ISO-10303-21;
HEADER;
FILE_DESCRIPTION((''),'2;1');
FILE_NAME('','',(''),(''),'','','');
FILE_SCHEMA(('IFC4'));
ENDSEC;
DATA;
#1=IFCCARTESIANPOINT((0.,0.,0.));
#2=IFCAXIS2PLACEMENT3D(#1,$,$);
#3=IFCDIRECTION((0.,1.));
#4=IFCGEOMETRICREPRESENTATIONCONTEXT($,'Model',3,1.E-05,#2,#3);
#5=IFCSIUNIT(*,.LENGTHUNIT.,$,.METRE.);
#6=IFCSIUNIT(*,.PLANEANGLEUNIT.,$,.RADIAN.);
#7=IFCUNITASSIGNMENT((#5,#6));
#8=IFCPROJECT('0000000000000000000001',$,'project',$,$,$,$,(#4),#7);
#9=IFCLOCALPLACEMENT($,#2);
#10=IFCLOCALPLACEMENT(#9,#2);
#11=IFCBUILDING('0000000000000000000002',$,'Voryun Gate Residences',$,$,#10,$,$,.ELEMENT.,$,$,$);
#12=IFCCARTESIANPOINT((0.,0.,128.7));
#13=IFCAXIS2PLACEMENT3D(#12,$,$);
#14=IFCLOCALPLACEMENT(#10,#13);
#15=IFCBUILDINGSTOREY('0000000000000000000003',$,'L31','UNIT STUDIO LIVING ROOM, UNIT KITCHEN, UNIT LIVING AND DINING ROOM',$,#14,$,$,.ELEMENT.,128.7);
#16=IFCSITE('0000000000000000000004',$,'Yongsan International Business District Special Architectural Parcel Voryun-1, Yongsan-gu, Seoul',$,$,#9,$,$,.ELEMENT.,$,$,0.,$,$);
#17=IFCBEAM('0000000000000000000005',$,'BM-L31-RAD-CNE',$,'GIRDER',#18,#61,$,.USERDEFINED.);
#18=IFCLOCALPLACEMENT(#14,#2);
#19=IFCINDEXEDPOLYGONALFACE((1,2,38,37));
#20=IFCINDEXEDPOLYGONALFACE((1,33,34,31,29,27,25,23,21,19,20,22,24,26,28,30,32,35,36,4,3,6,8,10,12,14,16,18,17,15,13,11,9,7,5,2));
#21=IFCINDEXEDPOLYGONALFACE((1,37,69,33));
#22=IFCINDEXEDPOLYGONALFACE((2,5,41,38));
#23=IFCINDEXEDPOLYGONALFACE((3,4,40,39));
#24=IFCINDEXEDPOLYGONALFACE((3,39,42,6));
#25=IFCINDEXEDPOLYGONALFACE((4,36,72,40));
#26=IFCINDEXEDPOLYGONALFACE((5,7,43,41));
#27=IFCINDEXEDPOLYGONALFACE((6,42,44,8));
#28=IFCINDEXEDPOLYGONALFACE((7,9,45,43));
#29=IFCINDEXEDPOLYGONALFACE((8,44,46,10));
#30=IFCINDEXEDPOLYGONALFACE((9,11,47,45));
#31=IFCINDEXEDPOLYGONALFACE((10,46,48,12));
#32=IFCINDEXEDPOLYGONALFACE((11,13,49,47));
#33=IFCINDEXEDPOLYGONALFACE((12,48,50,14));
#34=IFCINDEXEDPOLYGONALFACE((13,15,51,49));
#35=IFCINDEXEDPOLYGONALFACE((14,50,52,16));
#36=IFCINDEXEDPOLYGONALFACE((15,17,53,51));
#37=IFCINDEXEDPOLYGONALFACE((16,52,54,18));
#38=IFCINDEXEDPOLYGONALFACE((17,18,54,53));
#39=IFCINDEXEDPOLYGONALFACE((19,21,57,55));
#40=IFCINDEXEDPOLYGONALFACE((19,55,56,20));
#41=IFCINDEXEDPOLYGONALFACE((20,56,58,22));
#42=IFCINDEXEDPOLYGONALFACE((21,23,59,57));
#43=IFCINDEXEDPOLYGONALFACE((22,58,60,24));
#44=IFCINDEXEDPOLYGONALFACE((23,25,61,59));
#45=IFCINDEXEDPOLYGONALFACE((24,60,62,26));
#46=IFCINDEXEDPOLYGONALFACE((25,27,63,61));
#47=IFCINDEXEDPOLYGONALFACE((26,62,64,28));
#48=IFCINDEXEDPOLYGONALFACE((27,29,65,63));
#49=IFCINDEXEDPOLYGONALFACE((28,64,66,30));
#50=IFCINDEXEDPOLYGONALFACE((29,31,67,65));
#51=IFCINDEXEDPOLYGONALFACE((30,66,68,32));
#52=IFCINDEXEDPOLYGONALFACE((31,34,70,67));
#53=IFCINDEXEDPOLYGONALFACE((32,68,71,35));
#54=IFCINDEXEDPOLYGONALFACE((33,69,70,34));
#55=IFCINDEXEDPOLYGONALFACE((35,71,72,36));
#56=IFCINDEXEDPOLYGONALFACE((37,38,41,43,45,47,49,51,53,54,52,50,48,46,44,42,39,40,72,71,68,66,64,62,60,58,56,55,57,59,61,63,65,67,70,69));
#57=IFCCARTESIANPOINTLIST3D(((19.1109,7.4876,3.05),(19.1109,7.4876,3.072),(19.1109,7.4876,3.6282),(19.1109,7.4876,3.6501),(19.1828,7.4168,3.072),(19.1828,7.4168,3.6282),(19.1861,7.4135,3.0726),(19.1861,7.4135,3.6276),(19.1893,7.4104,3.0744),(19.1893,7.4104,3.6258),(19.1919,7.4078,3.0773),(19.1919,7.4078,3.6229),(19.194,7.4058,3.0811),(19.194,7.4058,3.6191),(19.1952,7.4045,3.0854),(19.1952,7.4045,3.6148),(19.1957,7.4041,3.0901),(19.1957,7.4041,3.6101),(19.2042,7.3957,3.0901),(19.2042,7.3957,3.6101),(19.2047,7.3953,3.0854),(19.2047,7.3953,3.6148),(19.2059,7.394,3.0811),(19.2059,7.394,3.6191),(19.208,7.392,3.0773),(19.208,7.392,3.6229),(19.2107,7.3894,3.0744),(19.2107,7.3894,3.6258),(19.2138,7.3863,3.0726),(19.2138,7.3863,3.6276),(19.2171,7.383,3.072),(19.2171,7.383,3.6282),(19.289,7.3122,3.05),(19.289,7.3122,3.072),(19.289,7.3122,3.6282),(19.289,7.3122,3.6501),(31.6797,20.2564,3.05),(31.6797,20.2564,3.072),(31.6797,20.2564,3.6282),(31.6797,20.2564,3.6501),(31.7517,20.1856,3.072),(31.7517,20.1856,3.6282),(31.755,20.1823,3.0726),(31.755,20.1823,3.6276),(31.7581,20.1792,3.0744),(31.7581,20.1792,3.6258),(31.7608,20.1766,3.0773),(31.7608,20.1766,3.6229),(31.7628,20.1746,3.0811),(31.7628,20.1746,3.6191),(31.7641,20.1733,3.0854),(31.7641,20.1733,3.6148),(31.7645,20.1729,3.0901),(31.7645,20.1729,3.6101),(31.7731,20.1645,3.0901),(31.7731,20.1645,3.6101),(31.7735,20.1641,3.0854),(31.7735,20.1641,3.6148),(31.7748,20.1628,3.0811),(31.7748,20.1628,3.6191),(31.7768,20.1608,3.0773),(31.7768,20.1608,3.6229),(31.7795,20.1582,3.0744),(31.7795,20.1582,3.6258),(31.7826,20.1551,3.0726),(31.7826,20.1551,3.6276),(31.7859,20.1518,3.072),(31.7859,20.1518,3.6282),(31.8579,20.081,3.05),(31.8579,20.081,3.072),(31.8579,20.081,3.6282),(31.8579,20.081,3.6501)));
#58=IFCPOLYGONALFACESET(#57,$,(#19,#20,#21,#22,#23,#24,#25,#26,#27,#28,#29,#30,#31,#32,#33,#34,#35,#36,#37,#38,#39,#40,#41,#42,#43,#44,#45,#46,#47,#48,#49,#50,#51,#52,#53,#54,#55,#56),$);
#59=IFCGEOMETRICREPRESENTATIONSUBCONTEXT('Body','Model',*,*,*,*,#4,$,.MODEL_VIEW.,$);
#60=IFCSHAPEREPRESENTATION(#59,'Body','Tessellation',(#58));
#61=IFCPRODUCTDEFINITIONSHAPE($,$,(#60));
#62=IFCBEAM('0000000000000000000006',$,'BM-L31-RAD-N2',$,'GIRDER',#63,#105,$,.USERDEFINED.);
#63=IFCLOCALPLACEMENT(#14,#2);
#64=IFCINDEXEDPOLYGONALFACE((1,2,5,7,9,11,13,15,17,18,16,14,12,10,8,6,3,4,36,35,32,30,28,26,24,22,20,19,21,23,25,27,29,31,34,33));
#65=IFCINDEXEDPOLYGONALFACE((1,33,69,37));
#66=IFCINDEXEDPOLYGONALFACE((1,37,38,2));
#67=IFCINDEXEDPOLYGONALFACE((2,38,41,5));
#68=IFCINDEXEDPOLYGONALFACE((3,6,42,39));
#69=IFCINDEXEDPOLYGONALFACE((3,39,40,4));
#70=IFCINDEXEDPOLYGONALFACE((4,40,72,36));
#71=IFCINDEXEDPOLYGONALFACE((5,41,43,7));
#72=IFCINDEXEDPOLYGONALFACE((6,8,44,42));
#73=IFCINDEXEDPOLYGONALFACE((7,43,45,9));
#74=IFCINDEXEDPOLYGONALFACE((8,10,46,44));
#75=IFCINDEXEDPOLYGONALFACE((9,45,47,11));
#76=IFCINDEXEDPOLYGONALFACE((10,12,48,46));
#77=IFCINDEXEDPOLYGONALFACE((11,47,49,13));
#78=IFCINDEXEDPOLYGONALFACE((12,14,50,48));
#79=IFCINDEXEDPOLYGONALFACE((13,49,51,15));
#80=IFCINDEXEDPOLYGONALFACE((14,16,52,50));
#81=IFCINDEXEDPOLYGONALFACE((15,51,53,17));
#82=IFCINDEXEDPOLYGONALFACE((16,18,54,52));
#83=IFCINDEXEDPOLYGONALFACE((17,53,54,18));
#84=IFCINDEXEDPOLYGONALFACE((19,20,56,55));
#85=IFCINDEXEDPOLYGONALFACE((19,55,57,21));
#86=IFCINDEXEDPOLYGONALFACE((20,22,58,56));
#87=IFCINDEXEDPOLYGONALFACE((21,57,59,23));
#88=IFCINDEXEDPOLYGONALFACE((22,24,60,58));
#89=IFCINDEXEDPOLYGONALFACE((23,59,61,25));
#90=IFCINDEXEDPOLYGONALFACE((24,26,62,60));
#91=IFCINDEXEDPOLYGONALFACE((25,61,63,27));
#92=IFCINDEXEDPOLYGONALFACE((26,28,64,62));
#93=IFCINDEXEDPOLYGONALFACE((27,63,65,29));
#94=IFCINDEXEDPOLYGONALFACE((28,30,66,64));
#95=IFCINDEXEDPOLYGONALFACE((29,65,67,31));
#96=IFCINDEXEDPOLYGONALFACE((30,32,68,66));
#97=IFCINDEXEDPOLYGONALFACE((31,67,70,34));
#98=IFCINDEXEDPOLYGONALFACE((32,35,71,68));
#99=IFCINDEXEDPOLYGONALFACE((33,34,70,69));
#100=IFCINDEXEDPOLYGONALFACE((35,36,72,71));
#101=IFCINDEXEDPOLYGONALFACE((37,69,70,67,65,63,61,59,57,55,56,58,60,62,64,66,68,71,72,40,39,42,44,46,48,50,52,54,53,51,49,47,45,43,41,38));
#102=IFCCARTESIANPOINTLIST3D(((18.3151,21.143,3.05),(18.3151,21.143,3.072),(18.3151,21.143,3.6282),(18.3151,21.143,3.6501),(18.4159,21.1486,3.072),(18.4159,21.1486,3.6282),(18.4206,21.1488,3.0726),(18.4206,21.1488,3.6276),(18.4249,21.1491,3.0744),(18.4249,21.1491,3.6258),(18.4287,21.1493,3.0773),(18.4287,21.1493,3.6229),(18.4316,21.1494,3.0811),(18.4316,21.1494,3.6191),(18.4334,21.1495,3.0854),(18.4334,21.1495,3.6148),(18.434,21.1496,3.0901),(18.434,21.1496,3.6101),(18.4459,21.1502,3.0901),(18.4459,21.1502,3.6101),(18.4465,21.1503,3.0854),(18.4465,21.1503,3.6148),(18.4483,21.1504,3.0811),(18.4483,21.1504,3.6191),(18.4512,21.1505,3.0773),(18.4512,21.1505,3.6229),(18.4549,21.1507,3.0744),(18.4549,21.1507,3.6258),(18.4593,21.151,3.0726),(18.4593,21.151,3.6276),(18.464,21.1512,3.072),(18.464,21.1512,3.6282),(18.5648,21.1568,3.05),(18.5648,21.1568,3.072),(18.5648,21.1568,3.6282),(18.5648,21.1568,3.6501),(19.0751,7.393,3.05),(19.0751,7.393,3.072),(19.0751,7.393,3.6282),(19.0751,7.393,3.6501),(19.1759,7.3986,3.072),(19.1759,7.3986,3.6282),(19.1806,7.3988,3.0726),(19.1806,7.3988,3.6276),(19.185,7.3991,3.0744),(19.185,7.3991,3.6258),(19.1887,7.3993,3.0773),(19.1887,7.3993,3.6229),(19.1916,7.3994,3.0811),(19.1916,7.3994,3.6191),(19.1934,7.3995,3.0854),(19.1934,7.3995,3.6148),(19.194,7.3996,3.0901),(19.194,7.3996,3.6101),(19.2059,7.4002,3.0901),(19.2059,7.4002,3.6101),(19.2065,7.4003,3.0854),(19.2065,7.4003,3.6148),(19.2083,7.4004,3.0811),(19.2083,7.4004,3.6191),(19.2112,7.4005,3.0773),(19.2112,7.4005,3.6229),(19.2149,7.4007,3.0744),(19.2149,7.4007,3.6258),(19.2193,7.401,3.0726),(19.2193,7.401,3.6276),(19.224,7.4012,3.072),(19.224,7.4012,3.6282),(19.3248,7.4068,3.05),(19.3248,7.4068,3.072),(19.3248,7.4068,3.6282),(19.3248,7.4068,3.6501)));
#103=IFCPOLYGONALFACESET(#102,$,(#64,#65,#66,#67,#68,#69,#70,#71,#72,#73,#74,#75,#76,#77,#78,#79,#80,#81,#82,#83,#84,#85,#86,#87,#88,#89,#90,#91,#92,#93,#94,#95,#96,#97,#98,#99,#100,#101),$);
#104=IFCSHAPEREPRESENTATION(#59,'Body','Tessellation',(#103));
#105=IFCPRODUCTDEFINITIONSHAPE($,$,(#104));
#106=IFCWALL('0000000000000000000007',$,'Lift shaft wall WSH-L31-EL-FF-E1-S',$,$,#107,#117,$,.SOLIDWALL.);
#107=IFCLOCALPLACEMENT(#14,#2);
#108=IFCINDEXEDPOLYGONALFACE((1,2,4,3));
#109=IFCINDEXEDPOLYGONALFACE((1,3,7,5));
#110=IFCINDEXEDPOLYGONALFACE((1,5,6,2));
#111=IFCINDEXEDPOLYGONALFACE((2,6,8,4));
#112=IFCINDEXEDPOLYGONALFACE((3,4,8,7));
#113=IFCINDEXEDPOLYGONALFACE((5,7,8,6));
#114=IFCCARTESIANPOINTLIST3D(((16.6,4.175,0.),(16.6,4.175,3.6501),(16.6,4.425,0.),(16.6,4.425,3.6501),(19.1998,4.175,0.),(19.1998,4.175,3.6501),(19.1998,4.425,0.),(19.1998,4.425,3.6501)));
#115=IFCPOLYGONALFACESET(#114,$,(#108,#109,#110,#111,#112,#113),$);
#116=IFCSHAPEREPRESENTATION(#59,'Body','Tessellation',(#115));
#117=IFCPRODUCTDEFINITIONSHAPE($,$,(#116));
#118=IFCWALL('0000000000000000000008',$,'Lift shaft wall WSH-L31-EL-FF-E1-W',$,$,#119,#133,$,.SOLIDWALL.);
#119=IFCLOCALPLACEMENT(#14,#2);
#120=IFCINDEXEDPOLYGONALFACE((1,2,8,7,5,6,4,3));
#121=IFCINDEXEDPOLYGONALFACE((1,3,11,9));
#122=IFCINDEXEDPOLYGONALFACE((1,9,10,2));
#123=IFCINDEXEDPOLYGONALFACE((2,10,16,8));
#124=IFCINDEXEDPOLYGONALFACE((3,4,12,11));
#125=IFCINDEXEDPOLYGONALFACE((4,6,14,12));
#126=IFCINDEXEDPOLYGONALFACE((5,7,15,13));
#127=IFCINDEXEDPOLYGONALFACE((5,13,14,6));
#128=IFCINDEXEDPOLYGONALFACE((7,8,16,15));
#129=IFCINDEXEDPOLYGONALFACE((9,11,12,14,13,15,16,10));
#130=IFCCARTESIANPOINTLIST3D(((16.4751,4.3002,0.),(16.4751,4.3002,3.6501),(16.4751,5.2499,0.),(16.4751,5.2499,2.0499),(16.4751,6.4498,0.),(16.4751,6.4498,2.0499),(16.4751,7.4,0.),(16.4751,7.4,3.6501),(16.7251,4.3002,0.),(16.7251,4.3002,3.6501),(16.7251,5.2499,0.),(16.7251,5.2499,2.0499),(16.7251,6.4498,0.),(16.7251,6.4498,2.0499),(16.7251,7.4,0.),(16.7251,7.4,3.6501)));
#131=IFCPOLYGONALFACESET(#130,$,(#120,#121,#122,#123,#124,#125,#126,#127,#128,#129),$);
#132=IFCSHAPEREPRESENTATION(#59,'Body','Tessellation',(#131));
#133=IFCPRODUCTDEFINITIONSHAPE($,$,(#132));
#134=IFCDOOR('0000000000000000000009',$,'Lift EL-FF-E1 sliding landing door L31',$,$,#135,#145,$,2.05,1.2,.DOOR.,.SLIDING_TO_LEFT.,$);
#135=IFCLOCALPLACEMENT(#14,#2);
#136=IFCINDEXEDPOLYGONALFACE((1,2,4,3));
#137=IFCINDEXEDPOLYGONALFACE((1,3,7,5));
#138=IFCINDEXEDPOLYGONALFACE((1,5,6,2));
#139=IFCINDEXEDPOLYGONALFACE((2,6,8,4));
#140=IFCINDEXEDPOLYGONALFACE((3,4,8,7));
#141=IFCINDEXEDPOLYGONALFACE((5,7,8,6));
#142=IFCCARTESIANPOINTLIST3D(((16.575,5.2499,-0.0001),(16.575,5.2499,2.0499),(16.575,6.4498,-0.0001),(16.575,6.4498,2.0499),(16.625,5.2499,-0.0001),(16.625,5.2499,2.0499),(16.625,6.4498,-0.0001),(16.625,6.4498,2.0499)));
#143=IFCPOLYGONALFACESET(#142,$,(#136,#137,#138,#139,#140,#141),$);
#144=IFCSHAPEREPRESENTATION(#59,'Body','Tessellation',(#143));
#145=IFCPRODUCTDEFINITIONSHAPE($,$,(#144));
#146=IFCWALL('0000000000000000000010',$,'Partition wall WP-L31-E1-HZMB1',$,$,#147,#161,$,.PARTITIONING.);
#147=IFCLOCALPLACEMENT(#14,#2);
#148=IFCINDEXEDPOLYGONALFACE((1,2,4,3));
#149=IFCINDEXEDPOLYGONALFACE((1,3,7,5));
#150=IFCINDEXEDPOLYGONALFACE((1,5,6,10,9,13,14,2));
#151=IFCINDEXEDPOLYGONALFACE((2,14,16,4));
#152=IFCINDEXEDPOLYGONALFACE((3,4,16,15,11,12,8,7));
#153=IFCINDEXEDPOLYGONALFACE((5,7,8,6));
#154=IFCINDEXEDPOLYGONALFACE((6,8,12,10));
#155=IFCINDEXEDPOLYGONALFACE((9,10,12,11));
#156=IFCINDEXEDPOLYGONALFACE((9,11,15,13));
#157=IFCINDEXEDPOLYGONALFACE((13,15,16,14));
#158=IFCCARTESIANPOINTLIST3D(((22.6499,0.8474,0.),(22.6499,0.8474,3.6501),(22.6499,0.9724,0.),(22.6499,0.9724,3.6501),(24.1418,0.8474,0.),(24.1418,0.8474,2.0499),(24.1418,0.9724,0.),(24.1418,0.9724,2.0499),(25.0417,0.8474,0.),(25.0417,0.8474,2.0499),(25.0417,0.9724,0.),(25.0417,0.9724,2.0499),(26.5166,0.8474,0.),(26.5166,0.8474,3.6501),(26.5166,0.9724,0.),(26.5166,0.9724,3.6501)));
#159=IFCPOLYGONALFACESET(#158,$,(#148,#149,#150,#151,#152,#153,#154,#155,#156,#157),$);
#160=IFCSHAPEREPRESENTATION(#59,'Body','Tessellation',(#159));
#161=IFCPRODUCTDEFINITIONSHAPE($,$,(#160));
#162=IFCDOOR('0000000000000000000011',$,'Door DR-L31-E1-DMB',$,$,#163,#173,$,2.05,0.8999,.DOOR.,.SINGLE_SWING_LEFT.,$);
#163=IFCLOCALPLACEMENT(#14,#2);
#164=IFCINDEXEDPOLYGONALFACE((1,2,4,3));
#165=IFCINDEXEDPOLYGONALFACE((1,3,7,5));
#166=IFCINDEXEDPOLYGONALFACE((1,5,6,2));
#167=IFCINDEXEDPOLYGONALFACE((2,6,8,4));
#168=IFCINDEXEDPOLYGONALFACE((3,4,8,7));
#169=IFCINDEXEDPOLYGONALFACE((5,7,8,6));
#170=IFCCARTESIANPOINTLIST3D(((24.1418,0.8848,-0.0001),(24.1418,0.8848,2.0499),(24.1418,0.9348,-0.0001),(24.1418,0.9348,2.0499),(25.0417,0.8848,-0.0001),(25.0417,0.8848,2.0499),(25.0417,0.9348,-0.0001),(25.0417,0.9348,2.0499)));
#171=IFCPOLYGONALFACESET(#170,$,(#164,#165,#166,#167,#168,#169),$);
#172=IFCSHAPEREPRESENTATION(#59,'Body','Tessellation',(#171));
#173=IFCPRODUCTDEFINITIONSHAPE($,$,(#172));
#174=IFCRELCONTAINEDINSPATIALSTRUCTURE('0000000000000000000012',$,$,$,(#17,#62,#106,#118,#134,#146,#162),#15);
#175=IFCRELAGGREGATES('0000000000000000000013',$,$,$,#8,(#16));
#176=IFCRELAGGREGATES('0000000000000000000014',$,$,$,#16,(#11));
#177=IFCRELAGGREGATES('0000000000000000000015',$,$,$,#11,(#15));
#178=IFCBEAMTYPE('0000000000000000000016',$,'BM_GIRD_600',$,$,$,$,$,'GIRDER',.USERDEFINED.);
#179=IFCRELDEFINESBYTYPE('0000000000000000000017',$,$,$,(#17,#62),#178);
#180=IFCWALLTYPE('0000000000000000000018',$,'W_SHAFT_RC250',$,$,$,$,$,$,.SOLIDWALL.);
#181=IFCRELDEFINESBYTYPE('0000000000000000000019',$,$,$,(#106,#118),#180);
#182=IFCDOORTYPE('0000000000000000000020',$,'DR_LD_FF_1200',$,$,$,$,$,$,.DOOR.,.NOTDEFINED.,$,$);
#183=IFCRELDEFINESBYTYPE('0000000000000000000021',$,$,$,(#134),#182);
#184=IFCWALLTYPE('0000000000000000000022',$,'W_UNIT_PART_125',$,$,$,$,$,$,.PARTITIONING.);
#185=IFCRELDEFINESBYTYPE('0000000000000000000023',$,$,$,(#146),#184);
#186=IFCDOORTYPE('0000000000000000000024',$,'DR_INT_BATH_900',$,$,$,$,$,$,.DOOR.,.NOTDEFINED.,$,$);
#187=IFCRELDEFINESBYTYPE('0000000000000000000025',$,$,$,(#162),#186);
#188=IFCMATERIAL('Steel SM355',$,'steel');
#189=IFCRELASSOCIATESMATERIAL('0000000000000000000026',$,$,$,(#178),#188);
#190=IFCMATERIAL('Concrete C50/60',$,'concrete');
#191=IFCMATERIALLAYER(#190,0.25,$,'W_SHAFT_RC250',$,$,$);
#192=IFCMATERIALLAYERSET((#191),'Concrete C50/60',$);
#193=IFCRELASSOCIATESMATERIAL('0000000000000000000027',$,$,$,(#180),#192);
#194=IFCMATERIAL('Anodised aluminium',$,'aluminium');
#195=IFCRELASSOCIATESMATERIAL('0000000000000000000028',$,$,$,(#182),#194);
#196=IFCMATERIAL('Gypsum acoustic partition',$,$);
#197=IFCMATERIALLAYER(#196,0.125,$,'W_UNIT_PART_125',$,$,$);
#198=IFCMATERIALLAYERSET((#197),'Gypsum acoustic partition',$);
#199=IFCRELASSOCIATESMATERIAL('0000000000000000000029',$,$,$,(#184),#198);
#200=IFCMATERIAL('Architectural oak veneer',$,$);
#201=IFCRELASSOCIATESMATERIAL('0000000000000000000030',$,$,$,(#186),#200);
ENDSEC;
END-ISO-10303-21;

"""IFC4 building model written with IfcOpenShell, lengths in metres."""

from ifc_helpers import new_model, si_unit, direction, frame, frame_2d, origin, origin_2d, place, context, subcontext, project, spatial, rectangle, i_section, extrude, material, layer, layer_set, material_profile, profile_set, type_object, element, fill, save


model = new_model("IFC4")

# Units and contexts
model_context = context("Model", 3, precision=1e-05, world=origin(), true_north=direction((0.0, 1.0)))
body_context = subcontext(model_context, "Body", "Model", "MODEL_VIEW")
ifc_project = project(units=[si_unit("LENGTHUNIT", "METRE"), si_unit("PLANEANGLEUNIT", "RADIAN")], contexts=[model_context])

# Site, building, storey
site_placement = place(None, origin())
site = spatial("IfcSite", under=ifc_project, at=site_placement, Name="Yongsan International Business District Special Architectural Parcel Voryun-1, Yongsan-gu, Seoul", CompositionType="ELEMENT", RefElevation=0.0)
building_placement = place(site_placement, origin())
building = spatial("IfcBuilding", under=site, at=building_placement, Name="Voryun Gate Residences", CompositionType="ELEMENT")
storey_placement = place(building_placement, frame((0.0, 0.0, 128.7)))
storey = spatial("IfcBuildingStorey", under=building, at=storey_placement, Name="L31", Description="UNIT STUDIO LIVING ROOM, UNIT KITCHEN, UNIT LIVING AND DINING ROOM", CompositionType="ELEMENT", Elevation=128.7)

# Beams
ifc_material_1 = material(Name="Steel SM355", Category="steel")
ifc_material_profile_1 = material_profile(ifc_material_1, i_section(OverallWidth=0.25, OverallDepth=0.6001, WebThickness=0.012, FlangeThickness=0.022, FilletRadius=0.0181, at=origin_2d()), Name="H-600x250x12x22")
ifc_profile_set_1 = profile_set([ifc_material_profile_1], Name="Steel SM355")
beam_type_1 = type_object("IfcBeamType", Name="BM_GIRD_600", ElementType="GIRDER", PredefinedType="USERDEFINED", material=ifc_profile_set_1)
beam_1_placement = place(storey_placement, frame((19.2, 7.3999, 3.3501), z_axis=(0.701505, 0.712665, 0.0), x_axis=(-0.712665, 0.701505, 0.0)))
element("IfcBeam", 1, at=beam_1_placement, inside=storey, type_object=beam_type_1, Name="BM-L31-RAD-CNE", ObjectType="GIRDER", PredefinedType="USERDEFINED", context=body_context, shape_type="SweptSolid", body=[
    extrude(i_section(OverallWidth=0.25, OverallDepth=0.6001, WebThickness=0.012, FlangeThickness=0.022, FilletRadius=0.0181, at=origin_2d()), origin(), (0.0, 0.0, 1.0), 17.917),
])
beam_2_placement = place(storey_placement, frame((19.2, 7.3999, 3.3501), z_axis=(-0.055189, 0.998476, 0.0), x_axis=(-0.998476, -0.055189, 0.0)))
element("IfcBeam", 2, at=beam_2_placement, inside=storey, type_object=beam_type_1, Name="BM-L31-RAD-N2", ObjectType="GIRDER", PredefinedType="USERDEFINED", context=body_context, shape_type="SweptSolid", body=[
    extrude(i_section(OverallWidth=0.25, OverallDepth=0.6001, WebThickness=0.012, FlangeThickness=0.022, FilletRadius=0.0181, at=origin_2d()), origin(), (0.0, 0.0, 1.0), 13.771),
])

# Wall
ifc_material_2 = material(Name="Concrete C50/60", Category="concrete")
ifc_layer_1 = layer(ifc_material_2, 0.25, Name="W_SHAFT_RC250")
ifc_layer_set_1 = layer_set([ifc_layer_1], Name="Concrete C50/60")
wall_type_1 = type_object("IfcWallType", Name="W_SHAFT_RC250", PredefinedType="SOLIDWALL", material=ifc_layer_set_1)
wall_1_placement = place(storey_placement, frame((16.6001, 4.3, 0.0), z_axis=(0.0, 0.0, 1.0), x_axis=(1.0, 0.0, 0.0)))
element("IfcWall", 3, at=wall_1_placement, inside=storey, type_object=wall_type_1, Name="Lift shaft wall WSH-L31-EL-FF-E1-S", PredefinedType="SOLIDWALL", context=body_context, shape_type="SweptSolid", body=[
    extrude(rectangle(XDim=2.5999, YDim=0.25, at=frame_2d((1.2998, 0.0))), origin(), (0.0, 0.0, 1.0), 3.6501),
])

# Walls, openings, doors
wall_2_placement = place(storey_placement, frame((16.6001, 7.3999, 0.0), z_axis=(0.0, 0.0, 1.0), x_axis=(0.0, -1.0, 0.0)))
wall_2 = element("IfcWall", 4, at=wall_2_placement, inside=storey, type_object=wall_type_1, Name="Lift shaft wall WSH-L31-EL-FF-E1-W", PredefinedType="SOLIDWALL", context=body_context, shape_type="SweptSolid", body=[
    extrude(rectangle(XDim=3.0999, YDim=0.25, at=frame_2d((1.5498, 0.0))), origin(), (0.0, 0.0, 1.0), 3.6501),
])
opening_1_placement = place(wall_2_placement, frame((0.95, 0.0, 0.0)))
opening_1 = element("IfcOpeningElement", 5, at=opening_1_placement, cuts=wall_2, PredefinedType="OPENING", context=body_context, shape_type="SweptSolid", body=[
    extrude(rectangle(XDim=1.2, YDim=2.05, at=frame_2d((0.6001, 1.0249))), frame((0.0, 0.135, 0.0), z_axis=(0.0, -1.0, 0.0), x_axis=(1.0, 0.0, 0.0)), (0.0, 0.0, 1.0), 0.27),
])
ifc_material_3 = material(Name="Anodised aluminium", Category="aluminium")
door_type_1 = type_object("IfcDoorType", Name="DR_LD_FF_1200", OperationType="NOTDEFINED", PredefinedType="DOOR", material=ifc_material_3)
door_1_placement = place(opening_1_placement, origin())
door_1 = element("IfcDoor", 6, at=door_1_placement, inside=storey, type_object=door_type_1, Name="Lift EL-FF-E1 sliding landing door L31", OperationType="SLIDING_TO_LEFT", OverallHeight=2.05, OverallWidth=1.2, PredefinedType="DOOR", context=body_context, shape_type="SweptSolid", body=[
    extrude(rectangle(XDim=1.2, YDim=2.05, at=frame_2d((0.6001, 1.0249))), frame((0.0, 0.0249, 0.0), z_axis=(0.0, -1.0, 0.0), x_axis=(1.0, 0.0, 0.0)), (0.0, 0.0, 1.0), 0.05),
])
fill(opening_1, door_1)
ifc_material_4 = material(Name="Gypsum acoustic partition")
ifc_layer_2 = layer(ifc_material_4, 0.125, Name="W_UNIT_PART_125")
ifc_layer_set_2 = layer_set([ifc_layer_2], Name="Gypsum acoustic partition")
wall_type_2 = type_object("IfcWallType", Name="W_UNIT_PART_125", PredefinedType="PARTITIONING", material=ifc_layer_set_2)
wall_3_placement = place(storey_placement, frame((22.6499, 0.9099, 0.0), z_axis=(0.0, 0.0, 1.0), x_axis=(1.0, 0.0, 0.0)))
wall_3 = element("IfcWall", 7, at=wall_3_placement, inside=storey, type_object=wall_type_2, Name="Partition wall WP-L31-E1-HZMB1", PredefinedType="PARTITIONING", context=body_context, shape_type="SweptSolid", body=[
    extrude(rectangle(XDim=3.8667, YDim=0.125, at=frame_2d((1.9333, 0.0))), origin(), (0.0, 0.0, 1.0), 3.6501),
])
opening_2_placement = place(wall_3_placement, frame((1.4919, 0.0, 0.0)))
opening_2 = element("IfcOpeningElement", 8, at=opening_2_placement, cuts=wall_3, PredefinedType="OPENING", context=body_context, shape_type="SweptSolid", body=[
    extrude(rectangle(XDim=0.8999, YDim=2.05, at=frame_2d((0.45, 1.0249))), frame((0.0, 0.0725, 0.0), z_axis=(0.0, -1.0, 0.0), x_axis=(1.0, 0.0, 0.0)), (0.0, 0.0, 1.0), 0.145),
])
ifc_material_5 = material(Name="Architectural oak veneer")
door_type_2 = type_object("IfcDoorType", Name="DR_INT_BATH_900", OperationType="NOTDEFINED", PredefinedType="DOOR", material=ifc_material_5)
door_2_placement = place(opening_2_placement, origin())
door_2 = element("IfcDoor", 9, at=door_2_placement, inside=storey, type_object=door_type_2, Name="Door DR-L31-E1-DMB", OperationType="SINGLE_SWING_LEFT", OverallHeight=2.05, OverallWidth=0.8999, PredefinedType="DOOR", context=body_context, shape_type="SweptSolid", body=[
    extrude(rectangle(XDim=0.8999, YDim=2.05, at=frame_2d((0.45, 1.0249))), frame((0.0, 0.0249, 0.0), z_axis=(0.0, -1.0, 0.0), x_axis=(1.0, 0.0, 0.0)), (0.0, 0.0, 1.0), 0.05),
])
fill(opening_2, door_2)

save(model, "model.ifc")
